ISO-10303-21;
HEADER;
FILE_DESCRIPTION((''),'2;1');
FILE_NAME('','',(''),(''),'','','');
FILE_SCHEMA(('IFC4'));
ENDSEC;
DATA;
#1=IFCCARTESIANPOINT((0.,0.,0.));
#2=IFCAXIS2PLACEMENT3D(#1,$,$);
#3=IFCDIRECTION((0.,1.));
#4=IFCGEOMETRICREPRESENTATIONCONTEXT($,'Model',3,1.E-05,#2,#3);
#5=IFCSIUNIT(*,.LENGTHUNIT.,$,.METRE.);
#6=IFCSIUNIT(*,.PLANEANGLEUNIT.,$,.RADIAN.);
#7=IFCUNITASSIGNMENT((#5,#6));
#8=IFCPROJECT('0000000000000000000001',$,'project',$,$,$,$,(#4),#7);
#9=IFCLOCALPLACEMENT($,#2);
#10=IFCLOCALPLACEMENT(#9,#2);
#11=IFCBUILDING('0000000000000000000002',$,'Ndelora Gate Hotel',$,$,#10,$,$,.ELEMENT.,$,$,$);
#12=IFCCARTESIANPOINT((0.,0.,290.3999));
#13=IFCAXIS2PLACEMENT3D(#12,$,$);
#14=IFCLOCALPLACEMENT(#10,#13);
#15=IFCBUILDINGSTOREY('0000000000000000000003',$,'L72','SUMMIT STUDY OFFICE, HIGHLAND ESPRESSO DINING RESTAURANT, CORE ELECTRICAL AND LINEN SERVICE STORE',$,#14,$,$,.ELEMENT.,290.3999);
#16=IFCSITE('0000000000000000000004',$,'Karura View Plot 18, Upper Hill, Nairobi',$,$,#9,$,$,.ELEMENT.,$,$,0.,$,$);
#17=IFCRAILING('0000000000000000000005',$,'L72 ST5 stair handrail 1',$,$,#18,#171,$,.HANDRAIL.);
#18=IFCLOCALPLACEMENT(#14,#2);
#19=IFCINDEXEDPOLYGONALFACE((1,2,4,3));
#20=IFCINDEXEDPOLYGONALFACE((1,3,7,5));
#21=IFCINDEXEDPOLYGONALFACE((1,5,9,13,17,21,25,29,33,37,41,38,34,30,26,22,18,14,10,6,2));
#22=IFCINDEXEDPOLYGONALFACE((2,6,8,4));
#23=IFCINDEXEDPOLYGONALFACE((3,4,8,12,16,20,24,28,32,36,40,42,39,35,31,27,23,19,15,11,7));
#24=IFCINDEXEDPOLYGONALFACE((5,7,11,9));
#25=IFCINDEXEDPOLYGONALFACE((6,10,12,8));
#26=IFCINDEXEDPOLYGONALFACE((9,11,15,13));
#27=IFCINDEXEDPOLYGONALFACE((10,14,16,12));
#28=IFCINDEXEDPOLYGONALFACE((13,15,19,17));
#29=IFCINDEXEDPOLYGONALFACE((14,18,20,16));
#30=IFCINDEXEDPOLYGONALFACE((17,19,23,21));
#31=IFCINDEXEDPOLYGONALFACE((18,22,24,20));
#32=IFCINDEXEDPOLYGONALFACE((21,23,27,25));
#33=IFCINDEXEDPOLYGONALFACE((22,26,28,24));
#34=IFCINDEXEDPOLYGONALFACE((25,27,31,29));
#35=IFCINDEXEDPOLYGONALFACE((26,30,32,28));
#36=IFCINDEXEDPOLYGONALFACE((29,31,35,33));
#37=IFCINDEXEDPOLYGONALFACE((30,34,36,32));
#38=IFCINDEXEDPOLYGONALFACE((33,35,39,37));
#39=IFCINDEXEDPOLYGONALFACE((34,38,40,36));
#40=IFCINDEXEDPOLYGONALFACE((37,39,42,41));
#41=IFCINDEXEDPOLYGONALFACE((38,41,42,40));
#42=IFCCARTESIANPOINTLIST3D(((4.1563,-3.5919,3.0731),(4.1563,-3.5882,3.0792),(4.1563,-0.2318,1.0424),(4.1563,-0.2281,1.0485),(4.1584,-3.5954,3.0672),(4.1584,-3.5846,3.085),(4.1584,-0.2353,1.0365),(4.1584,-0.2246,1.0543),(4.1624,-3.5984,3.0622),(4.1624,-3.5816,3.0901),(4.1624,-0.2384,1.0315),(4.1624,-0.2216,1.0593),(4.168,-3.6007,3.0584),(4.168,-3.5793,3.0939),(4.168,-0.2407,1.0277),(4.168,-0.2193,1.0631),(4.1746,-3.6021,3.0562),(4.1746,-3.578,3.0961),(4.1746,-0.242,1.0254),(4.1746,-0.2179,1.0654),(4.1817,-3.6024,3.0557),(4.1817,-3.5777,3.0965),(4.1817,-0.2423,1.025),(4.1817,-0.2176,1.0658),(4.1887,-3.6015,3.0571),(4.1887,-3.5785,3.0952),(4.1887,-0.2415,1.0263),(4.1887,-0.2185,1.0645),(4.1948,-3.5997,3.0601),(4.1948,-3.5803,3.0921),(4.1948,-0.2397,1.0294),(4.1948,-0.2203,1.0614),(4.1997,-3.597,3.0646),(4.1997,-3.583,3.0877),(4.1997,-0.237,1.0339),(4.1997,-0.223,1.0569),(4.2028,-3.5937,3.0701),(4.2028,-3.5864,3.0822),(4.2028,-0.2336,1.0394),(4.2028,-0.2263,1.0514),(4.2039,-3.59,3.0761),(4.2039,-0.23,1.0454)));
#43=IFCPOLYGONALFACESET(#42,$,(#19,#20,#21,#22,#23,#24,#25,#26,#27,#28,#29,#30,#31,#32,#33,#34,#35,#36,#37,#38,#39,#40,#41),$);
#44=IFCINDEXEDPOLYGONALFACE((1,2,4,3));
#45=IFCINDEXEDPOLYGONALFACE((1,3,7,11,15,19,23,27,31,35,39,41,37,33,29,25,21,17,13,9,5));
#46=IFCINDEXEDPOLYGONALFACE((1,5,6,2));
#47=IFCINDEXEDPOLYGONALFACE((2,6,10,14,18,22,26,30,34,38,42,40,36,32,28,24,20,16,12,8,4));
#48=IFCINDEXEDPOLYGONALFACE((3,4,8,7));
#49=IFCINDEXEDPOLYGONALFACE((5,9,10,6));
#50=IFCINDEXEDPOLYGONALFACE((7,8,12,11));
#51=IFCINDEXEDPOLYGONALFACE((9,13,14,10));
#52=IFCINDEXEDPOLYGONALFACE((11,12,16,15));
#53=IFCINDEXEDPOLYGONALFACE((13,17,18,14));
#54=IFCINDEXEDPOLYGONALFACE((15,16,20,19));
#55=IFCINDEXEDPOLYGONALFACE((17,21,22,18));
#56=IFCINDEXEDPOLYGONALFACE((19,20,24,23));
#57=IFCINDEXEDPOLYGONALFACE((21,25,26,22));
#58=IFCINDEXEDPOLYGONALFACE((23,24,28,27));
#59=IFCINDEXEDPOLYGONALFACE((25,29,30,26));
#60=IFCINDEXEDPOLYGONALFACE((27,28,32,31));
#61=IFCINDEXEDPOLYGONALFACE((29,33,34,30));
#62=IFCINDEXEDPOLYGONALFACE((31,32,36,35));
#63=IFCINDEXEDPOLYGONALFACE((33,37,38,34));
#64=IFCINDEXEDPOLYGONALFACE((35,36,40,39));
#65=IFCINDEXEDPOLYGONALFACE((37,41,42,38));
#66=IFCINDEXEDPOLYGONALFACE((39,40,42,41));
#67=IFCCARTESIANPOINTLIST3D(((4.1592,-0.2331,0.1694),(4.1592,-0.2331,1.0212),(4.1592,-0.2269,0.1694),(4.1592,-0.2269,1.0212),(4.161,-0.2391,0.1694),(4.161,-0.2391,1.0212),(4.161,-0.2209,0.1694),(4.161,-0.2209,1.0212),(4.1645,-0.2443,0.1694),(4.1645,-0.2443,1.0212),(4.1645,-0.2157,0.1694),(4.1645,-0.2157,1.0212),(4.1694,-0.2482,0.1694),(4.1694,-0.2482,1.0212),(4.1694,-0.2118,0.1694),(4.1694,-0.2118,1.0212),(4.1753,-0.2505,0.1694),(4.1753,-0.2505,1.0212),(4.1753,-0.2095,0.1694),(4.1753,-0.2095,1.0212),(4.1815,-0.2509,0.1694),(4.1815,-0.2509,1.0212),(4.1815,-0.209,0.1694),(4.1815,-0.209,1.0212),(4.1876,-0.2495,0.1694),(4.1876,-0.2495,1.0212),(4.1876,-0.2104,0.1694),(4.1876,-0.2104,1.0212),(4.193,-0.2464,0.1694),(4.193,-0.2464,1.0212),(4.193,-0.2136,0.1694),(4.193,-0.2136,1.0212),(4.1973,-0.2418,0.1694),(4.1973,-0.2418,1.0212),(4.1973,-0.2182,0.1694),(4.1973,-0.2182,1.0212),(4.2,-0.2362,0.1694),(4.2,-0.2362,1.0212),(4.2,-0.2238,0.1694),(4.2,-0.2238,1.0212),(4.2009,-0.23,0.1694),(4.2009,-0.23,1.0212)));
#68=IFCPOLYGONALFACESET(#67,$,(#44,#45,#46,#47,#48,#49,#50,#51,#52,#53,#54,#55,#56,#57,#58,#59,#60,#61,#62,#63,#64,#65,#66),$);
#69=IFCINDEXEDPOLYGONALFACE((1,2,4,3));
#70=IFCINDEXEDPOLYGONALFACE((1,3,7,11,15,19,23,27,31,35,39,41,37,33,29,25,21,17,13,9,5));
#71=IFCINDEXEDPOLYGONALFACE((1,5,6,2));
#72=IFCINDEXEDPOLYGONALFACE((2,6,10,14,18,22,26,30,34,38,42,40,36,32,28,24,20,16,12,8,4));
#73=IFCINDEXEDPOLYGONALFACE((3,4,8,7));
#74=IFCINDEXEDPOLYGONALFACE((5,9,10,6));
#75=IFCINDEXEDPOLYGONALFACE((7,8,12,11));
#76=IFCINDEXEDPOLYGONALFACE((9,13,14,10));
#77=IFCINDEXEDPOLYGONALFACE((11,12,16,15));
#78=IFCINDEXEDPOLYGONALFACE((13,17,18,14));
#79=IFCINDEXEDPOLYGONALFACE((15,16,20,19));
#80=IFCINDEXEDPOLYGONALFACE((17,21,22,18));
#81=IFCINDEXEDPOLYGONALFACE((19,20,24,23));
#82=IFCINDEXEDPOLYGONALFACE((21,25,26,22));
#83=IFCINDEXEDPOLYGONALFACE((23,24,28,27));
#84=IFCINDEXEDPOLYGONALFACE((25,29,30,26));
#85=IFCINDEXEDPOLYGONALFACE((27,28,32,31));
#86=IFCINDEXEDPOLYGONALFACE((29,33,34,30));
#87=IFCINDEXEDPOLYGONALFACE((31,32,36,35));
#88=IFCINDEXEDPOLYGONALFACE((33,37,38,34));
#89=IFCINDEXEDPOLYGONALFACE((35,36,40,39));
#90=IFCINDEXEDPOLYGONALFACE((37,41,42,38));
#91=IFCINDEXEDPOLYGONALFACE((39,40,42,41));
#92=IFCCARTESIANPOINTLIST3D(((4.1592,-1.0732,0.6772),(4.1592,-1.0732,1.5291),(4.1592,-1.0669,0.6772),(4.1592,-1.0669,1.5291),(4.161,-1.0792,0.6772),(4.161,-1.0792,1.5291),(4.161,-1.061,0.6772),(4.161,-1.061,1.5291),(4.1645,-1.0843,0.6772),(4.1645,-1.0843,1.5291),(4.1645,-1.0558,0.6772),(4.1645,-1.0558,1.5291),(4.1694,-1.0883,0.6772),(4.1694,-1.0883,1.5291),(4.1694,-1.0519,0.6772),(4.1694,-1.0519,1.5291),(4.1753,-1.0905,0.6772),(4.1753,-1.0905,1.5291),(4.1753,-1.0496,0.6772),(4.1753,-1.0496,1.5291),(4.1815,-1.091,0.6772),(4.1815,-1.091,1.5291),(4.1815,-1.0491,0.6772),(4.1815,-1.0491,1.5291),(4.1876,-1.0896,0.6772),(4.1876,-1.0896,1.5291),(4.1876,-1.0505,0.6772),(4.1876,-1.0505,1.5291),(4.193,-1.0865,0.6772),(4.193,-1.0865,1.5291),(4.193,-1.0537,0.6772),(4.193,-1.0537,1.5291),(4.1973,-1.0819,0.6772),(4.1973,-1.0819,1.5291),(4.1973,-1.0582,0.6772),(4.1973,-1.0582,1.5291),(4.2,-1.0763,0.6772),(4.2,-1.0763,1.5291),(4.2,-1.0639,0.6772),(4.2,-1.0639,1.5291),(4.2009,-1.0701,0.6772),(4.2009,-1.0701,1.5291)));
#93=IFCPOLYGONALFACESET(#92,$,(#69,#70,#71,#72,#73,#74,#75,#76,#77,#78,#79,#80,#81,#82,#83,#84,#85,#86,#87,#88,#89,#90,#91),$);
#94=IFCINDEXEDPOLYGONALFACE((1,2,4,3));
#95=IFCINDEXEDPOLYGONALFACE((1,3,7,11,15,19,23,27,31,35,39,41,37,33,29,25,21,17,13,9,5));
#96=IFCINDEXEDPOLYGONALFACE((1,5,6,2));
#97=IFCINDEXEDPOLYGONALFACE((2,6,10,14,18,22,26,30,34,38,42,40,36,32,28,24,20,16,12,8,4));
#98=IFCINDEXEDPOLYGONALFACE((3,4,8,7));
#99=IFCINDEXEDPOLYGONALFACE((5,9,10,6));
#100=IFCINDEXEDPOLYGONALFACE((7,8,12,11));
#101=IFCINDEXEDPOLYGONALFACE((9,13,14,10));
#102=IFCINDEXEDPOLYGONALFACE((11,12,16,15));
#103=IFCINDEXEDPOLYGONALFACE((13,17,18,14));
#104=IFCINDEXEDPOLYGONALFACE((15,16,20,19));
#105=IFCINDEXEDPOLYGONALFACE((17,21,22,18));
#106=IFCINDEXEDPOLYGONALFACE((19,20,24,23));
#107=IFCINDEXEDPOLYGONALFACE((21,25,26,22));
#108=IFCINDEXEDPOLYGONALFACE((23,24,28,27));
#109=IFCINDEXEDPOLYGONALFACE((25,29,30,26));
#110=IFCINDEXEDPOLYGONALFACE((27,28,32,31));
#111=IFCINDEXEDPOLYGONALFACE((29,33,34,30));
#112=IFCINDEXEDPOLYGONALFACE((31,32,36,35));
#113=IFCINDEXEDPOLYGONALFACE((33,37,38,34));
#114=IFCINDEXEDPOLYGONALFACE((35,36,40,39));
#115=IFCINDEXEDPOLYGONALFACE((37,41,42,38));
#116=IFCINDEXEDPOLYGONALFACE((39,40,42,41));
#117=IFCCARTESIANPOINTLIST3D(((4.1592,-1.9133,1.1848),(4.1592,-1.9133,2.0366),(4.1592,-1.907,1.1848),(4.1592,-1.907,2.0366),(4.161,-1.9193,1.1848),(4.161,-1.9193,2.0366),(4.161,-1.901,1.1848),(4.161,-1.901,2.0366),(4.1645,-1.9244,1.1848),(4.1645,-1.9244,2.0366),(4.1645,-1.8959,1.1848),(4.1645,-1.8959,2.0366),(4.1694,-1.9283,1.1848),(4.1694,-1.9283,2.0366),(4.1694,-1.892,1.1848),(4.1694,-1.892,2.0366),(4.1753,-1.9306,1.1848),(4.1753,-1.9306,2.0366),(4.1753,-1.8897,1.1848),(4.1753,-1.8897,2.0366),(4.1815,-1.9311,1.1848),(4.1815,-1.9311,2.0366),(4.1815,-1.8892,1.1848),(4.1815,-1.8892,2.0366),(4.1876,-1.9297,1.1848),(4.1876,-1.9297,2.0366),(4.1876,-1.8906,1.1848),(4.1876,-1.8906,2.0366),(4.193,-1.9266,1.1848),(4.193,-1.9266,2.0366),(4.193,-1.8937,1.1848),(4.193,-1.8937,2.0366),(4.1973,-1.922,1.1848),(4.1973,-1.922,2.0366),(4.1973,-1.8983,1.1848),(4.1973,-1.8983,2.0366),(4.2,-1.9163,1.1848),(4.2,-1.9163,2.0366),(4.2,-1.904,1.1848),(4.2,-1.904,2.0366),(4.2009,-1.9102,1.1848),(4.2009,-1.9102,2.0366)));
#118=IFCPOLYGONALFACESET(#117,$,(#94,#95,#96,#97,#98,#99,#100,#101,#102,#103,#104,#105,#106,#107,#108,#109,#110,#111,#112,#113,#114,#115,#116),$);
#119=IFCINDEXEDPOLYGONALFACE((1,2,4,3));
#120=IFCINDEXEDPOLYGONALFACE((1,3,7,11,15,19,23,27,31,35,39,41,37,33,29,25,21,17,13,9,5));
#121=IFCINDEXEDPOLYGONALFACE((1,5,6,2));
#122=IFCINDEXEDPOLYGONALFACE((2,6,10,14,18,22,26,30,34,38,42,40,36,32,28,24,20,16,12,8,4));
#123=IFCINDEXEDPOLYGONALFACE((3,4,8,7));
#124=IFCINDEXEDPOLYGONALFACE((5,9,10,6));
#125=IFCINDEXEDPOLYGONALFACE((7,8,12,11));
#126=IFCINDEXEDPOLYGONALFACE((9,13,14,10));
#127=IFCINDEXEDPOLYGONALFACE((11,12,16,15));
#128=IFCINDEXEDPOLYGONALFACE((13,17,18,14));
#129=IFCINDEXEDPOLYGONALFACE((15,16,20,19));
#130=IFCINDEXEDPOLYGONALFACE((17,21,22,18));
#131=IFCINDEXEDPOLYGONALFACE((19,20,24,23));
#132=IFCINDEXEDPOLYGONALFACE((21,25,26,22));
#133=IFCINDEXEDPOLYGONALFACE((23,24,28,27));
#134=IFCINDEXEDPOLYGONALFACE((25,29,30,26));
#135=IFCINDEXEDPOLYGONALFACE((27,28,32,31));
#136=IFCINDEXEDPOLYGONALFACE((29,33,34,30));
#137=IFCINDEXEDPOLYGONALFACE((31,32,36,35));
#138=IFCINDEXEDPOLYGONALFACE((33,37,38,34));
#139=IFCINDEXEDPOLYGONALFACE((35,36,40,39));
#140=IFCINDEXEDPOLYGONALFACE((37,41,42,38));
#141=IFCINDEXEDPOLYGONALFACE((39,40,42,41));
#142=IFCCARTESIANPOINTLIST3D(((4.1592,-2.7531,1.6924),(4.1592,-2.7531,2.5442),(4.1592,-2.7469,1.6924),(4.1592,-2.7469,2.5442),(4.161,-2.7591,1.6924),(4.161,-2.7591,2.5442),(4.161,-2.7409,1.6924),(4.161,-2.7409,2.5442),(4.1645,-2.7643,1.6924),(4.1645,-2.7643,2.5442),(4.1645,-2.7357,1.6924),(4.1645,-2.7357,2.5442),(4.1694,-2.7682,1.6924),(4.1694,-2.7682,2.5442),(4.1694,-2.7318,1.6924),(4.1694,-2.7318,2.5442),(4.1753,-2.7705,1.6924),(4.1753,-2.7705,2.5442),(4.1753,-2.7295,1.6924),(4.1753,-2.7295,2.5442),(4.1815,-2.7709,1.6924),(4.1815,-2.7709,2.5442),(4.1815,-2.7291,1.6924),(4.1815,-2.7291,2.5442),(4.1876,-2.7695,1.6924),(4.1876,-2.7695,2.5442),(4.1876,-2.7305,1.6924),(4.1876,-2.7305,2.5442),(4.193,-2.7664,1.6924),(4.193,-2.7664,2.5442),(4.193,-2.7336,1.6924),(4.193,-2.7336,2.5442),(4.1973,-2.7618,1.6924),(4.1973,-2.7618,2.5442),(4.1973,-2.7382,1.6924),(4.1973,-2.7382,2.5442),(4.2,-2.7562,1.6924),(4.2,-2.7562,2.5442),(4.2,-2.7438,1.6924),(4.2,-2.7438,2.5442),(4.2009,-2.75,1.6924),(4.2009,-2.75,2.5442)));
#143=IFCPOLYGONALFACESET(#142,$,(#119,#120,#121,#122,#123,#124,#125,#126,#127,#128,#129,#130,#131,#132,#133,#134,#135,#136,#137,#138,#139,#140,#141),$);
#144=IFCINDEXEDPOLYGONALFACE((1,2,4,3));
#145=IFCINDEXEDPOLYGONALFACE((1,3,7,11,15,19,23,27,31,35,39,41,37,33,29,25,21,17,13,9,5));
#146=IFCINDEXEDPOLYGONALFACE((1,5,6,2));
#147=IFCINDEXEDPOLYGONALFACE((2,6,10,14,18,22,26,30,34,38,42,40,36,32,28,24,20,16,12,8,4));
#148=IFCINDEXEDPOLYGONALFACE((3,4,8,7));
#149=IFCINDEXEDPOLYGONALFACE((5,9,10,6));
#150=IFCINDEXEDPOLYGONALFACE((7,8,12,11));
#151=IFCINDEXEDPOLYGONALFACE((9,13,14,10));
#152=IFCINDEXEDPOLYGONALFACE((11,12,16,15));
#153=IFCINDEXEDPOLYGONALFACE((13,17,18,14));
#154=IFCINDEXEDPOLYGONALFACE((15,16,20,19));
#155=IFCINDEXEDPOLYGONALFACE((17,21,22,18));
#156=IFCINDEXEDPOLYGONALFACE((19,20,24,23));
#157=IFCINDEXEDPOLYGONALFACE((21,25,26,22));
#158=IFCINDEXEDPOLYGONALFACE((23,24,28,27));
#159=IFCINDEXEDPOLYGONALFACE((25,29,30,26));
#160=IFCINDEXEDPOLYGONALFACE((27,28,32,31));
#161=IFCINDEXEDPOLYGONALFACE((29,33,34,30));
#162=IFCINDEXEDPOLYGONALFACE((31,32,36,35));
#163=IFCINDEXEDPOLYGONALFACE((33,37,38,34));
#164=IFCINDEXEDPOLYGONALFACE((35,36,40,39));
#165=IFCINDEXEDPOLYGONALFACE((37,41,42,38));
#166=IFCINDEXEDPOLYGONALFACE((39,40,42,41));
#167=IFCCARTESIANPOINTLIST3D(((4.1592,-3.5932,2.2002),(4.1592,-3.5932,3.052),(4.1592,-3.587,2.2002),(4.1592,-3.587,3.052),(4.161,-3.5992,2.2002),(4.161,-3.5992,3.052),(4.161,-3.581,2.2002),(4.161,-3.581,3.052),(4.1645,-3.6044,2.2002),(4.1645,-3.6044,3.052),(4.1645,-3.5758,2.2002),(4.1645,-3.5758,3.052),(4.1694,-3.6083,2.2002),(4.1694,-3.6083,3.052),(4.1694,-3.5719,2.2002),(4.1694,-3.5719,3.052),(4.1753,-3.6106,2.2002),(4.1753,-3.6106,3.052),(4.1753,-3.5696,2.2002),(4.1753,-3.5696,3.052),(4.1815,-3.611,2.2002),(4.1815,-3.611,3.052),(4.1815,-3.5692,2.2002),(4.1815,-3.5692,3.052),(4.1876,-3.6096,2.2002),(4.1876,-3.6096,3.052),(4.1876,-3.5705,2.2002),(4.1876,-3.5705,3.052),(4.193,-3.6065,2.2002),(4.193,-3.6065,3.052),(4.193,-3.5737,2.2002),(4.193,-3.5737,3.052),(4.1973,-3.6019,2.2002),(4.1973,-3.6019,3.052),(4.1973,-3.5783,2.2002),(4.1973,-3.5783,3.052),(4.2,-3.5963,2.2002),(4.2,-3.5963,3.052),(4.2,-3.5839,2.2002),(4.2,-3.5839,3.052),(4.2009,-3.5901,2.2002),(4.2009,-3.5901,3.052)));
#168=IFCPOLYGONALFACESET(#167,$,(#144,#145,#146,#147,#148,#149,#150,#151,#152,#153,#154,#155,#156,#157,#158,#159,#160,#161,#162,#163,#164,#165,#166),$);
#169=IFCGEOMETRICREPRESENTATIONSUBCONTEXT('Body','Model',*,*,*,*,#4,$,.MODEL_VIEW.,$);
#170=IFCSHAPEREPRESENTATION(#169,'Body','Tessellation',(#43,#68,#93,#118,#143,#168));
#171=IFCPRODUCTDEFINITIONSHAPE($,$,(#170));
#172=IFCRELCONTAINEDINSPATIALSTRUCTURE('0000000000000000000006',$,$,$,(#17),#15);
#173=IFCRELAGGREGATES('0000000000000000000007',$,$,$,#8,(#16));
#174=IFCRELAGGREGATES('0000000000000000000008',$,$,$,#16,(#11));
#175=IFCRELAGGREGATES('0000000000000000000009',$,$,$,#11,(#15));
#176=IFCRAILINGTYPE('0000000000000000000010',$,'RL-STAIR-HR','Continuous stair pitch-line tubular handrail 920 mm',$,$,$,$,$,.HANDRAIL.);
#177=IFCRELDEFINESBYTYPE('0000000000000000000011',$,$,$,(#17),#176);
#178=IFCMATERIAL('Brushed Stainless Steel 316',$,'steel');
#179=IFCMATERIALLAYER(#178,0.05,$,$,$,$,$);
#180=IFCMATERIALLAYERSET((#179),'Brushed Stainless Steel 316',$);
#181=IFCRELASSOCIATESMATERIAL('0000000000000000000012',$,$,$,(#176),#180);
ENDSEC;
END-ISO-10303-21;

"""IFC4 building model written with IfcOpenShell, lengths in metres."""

from ifc_helpers import new_model, si_unit, direction, frame, origin, origin_2d, place, context, subcontext, project, spatial, circle, extrude, material, layer, layer_set, type_object, element, save


model = new_model("IFC4")

# Units and contexts
model_context = context("Model", 3, precision=1e-05, world=origin(), true_north=direction((0.0, 1.0)))
body_context = subcontext(model_context, "Body", "Model", "MODEL_VIEW")
ifc_project = project(units=[si_unit("LENGTHUNIT", "METRE"), si_unit("PLANEANGLEUNIT", "RADIAN")], contexts=[model_context])

# Site, building, storey
site_placement = place(None, origin())
site = spatial("IfcSite", under=ifc_project, at=site_placement, Name="Karura View Plot 18, Upper Hill, Nairobi", CompositionType="ELEMENT", RefElevation=0.0)
building_placement = place(site_placement, origin())
building = spatial("IfcBuilding", under=site, at=building_placement, Name="Ndelora Gate Hotel", CompositionType="ELEMENT")
storey_placement = place(building_placement, frame((0.0, 0.0, 290.3999)))
storey = spatial("IfcBuildingStorey", under=building, at=storey_placement, Name="L72", Description="SUMMIT STUDY OFFICE, HIGHLAND ESPRESSO DINING RESTAURANT, CORE ELECTRICAL AND LINEN SERVICE STORE", CompositionType="ELEMENT", Elevation=290.3999)

# Railing
ifc_material_1 = material(Name="Brushed Stainless Steel 316", Category="steel")
ifc_layer_1 = layer(ifc_material_1, 0.05)
ifc_layer_set_1 = layer_set([ifc_layer_1], Name="Brushed Stainless Steel 316")
railing_type_1 = type_object("IfcRailingType", Name="RL-STAIR-HR", Description="Continuous stair pitch-line tubular handrail 920 mm", PredefinedType="HANDRAIL", material=ifc_layer_set_1)
railing_1_placement = place(storey_placement, frame((4.1799, -0.23, 0.1694)))
element("IfcRailing", 1, at=railing_1_placement, inside=storey, type_object=railing_type_1, Name="L72 ST5 stair handrail 1", PredefinedType="HANDRAIL", context=body_context, shape_type="SweptSolid", body=[
    extrude(circle(Radius=0.0239, at=origin_2d()), frame((0.0, 0.0, 0.876), z_axis=(0.0, -0.855837, 0.517246), x_axis=(1.0, 0.0, 0.0)), (0.0, 0.0, 1.0), 3.926),
    extrude(circle(Radius=0.021, at=origin_2d()), origin(), (0.0, 0.0, 1.0), 0.8518),
    extrude(circle(Radius=0.021, at=origin_2d()), frame((0.0, -0.8401, 0.5078)), (0.0, 0.0, 1.0), 0.8518),
    extrude(circle(Radius=0.021, at=origin_2d()), frame((0.0, -1.6802, 1.0154)), (0.0, 0.0, 1.0), 0.8518),
    extrude(circle(Radius=0.021, at=origin_2d()), frame((0.0, -2.52, 1.5229)), (0.0, 0.0, 1.0), 0.8518),
    extrude(circle(Radius=0.021, at=origin_2d()), frame((0.0, -3.3601, 2.0308)), (0.0, 0.0, 1.0), 0.8518),
])

save(model, "model.ifc")
